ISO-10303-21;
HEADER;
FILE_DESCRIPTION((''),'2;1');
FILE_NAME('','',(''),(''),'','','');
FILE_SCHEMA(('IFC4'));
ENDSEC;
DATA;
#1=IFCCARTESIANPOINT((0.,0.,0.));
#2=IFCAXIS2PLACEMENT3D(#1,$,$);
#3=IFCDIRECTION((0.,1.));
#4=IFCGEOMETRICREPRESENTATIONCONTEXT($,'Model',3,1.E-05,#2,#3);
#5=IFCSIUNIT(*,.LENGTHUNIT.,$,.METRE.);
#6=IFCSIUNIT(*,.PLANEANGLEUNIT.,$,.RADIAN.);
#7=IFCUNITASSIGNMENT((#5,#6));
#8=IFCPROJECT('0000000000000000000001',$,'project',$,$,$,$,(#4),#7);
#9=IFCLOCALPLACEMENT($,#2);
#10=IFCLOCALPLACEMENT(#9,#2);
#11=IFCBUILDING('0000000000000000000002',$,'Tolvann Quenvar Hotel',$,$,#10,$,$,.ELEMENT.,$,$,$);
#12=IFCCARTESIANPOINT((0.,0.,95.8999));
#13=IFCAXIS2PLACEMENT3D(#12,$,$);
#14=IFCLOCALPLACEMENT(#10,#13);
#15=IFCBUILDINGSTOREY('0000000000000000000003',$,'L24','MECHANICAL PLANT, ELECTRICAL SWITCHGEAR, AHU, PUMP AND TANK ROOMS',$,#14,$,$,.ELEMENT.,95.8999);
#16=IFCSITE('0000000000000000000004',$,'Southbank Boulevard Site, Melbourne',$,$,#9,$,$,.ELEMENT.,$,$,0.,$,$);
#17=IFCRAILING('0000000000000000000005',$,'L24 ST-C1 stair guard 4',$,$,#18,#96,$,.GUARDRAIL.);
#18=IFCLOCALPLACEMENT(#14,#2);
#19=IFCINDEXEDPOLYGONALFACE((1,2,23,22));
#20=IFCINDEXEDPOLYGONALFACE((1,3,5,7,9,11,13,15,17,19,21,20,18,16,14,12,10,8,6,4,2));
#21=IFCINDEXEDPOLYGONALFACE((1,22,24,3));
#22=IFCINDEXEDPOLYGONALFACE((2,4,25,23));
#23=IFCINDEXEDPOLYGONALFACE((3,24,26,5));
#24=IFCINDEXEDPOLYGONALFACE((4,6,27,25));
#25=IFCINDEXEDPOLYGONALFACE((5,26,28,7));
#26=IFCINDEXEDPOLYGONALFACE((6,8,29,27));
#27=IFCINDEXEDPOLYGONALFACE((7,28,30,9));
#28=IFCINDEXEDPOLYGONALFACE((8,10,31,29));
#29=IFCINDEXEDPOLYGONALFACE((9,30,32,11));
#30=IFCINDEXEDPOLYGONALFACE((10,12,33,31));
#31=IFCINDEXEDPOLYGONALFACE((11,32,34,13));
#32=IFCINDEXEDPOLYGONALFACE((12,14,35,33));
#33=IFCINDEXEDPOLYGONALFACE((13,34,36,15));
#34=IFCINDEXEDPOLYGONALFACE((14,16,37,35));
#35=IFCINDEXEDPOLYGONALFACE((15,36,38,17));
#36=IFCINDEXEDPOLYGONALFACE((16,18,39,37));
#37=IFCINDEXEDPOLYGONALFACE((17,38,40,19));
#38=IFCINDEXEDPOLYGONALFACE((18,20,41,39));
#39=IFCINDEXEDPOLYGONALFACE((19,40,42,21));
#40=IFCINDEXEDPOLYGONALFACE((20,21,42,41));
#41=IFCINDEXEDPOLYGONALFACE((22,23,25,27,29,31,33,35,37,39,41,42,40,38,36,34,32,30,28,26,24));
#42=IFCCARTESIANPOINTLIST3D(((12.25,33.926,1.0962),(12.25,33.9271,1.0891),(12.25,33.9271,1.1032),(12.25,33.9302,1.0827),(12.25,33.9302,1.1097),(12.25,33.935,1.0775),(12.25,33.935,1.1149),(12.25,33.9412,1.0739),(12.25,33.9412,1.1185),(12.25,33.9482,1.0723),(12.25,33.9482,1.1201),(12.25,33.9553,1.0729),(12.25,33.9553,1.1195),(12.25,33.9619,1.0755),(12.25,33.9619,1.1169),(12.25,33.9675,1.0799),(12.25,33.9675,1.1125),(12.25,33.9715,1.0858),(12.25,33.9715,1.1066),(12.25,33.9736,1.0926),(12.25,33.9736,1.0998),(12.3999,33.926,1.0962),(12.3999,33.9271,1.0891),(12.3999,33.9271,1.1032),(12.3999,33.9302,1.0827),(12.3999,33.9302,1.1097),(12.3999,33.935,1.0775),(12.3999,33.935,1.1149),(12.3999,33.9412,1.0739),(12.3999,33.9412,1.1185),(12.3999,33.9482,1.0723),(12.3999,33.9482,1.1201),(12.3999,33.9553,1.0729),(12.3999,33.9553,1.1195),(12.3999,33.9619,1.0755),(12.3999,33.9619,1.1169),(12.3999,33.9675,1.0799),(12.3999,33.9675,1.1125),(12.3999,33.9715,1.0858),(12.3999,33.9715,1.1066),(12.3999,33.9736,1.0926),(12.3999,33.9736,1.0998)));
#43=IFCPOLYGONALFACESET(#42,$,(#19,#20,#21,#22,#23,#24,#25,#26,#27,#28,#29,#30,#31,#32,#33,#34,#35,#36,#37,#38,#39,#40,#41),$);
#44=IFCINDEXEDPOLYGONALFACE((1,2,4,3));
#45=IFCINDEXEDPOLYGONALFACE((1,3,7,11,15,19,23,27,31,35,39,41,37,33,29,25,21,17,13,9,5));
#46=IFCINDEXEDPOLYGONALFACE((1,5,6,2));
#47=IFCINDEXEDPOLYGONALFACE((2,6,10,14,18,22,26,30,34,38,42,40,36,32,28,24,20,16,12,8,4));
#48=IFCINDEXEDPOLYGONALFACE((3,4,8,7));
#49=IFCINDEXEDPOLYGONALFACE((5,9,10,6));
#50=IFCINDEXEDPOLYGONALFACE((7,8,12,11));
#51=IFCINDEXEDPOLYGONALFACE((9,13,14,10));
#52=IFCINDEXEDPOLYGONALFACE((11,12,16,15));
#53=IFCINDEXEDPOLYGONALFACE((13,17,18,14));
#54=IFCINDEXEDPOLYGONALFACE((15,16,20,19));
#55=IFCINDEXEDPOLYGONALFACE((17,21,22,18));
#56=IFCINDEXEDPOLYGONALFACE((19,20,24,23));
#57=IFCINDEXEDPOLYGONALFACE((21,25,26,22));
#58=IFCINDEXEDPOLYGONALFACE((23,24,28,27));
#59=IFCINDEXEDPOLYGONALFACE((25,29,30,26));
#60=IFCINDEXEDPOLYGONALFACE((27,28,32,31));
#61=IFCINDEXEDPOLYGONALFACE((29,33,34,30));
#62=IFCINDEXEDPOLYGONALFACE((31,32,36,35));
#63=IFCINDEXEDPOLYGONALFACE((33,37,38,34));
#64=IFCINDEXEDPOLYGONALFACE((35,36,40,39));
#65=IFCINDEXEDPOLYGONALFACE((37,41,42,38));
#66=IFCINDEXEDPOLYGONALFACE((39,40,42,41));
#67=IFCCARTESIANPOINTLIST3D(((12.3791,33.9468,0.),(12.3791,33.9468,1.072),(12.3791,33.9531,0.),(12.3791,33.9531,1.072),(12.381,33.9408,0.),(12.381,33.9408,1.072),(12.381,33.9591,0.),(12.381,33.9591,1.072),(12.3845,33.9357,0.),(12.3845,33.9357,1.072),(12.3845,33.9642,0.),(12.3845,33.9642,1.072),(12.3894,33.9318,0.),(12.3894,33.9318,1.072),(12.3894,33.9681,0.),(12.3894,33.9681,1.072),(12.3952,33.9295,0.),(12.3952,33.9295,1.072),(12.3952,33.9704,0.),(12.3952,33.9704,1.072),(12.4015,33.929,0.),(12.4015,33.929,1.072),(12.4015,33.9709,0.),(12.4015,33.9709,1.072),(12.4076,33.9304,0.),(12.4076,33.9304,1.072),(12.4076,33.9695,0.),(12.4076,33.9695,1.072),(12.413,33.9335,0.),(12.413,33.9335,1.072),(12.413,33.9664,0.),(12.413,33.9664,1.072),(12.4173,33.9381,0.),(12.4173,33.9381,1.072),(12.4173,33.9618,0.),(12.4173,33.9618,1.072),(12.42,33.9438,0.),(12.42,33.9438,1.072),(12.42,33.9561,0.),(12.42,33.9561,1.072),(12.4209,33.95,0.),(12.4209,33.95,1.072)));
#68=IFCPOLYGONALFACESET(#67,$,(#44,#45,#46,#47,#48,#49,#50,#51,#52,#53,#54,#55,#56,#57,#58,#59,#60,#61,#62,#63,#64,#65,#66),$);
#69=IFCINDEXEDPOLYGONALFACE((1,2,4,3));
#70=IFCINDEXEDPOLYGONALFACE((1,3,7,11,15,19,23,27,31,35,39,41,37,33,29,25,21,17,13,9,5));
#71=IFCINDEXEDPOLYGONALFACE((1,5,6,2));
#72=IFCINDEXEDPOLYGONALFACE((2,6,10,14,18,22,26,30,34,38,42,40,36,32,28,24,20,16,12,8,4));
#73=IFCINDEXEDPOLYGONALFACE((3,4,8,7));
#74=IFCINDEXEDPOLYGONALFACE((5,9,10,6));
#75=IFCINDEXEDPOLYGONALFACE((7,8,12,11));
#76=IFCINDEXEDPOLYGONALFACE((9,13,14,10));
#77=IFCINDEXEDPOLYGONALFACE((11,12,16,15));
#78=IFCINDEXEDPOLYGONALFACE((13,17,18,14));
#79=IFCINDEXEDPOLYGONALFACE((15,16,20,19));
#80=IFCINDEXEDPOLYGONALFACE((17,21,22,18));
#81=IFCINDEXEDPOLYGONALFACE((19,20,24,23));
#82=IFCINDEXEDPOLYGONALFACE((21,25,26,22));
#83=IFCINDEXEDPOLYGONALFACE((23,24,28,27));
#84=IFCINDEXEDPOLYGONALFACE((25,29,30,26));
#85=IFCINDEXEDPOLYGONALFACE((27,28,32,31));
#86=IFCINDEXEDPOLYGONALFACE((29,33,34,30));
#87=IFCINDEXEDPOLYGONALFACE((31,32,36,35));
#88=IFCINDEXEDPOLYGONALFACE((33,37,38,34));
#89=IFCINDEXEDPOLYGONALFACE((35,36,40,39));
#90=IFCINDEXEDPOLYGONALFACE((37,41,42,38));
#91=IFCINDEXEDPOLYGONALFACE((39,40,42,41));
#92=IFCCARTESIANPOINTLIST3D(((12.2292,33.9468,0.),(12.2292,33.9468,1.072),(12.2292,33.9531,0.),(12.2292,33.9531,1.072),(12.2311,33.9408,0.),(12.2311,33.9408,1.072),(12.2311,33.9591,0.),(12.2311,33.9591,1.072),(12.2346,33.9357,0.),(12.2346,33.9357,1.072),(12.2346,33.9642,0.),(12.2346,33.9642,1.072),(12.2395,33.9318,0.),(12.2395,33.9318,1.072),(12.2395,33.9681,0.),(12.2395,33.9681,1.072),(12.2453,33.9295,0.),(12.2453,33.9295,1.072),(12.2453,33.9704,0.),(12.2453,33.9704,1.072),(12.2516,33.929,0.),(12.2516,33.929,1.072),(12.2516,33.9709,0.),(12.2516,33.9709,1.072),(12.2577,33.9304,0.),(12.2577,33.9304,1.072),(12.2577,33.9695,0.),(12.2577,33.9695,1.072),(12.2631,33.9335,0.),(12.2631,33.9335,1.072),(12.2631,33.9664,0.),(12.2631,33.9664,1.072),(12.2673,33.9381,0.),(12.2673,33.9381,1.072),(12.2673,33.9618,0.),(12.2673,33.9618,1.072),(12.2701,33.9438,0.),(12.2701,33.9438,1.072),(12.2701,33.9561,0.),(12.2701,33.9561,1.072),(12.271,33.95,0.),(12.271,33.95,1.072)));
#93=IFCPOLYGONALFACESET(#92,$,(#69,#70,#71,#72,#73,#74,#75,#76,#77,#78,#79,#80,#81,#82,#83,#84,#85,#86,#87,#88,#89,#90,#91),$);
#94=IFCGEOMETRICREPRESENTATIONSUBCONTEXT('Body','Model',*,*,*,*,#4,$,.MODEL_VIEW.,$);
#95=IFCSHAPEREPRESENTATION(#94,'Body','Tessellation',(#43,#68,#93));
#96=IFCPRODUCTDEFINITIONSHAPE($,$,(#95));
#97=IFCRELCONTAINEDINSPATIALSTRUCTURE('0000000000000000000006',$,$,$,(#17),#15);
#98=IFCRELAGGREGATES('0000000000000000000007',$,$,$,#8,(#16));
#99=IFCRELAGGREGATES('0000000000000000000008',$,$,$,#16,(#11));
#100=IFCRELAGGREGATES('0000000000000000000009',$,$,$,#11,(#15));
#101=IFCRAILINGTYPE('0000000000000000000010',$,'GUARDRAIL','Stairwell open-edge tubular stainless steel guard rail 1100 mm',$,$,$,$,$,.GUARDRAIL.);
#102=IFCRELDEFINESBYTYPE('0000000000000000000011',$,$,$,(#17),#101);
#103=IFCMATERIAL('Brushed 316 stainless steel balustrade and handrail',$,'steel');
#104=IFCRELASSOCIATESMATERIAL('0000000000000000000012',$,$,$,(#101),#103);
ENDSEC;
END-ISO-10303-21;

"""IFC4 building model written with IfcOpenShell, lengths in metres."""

from ifc_helpers import new_model, si_unit, direction, frame, origin, origin_2d, place, context, subcontext, project, spatial, circle, extrude, material, type_object, element, save


model = new_model("IFC4")

# Units and contexts
model_context = context("Model", 3, precision=1e-05, world=origin(), true_north=direction((0.0, 1.0)))
body_context = subcontext(model_context, "Body", "Model", "MODEL_VIEW")
ifc_project = project(units=[si_unit("LENGTHUNIT", "METRE"), si_unit("PLANEANGLEUNIT", "RADIAN")], contexts=[model_context])

# Site, building, storey
site_placement = place(None, origin())
site = spatial("IfcSite", under=ifc_project, at=site_placement, Name="Southbank Boulevard Site, Melbourne", CompositionType="ELEMENT", RefElevation=0.0)
building_placement = place(site_placement, origin())
building = spatial("IfcBuilding", under=site, at=building_placement, Name="Tolvann Quenvar Hotel", CompositionType="ELEMENT")
storey_placement = place(building_placement, frame((0.0, 0.0, 95.8999)))
storey = spatial("IfcBuildingStorey", under=building, at=storey_placement, Name="L24", Description="MECHANICAL PLANT, ELECTRICAL SWITCHGEAR, AHU, PUMP AND TANK ROOMS", CompositionType="ELEMENT", Elevation=95.8999)

# Railing
ifc_material_1 = material(Name="Brushed 316 stainless steel balustrade and handrail", Category="steel")
railing_type_1 = type_object("IfcRailingType", Name="GUARDRAIL", Description="Stairwell open-edge tubular stainless steel guard rail 1100 mm", PredefinedType="GUARDRAIL", material=ifc_material_1)
railing_1_placement = place(storey_placement, frame((12.3999, 33.95, 0.0)))
element("IfcRailing", 1, at=railing_1_placement, inside=storey, type_object=railing_type_1, Name="L24 ST-C1 stair guard 4", PredefinedType="GUARDRAIL", context=body_context, shape_type="SweptSolid", body=[
    extrude(circle(Radius=0.0239, at=origin_2d()), frame((0.0, 0.0, 1.0962), z_axis=(-1.0, 0.0, 0.0), x_axis=(0.0, -1.0, 0.0)), (0.0, 0.0, 1.0), 0.1499),
    extrude(circle(Radius=0.021, at=origin_2d()), origin(), (0.0, 0.0, 1.0), 1.072),
    extrude(circle(Radius=0.021, at=origin_2d()), frame((-0.1499, 0.0, 0.0)), (0.0, 0.0, 1.0), 1.072),
])

save(model, "model.ifc")
